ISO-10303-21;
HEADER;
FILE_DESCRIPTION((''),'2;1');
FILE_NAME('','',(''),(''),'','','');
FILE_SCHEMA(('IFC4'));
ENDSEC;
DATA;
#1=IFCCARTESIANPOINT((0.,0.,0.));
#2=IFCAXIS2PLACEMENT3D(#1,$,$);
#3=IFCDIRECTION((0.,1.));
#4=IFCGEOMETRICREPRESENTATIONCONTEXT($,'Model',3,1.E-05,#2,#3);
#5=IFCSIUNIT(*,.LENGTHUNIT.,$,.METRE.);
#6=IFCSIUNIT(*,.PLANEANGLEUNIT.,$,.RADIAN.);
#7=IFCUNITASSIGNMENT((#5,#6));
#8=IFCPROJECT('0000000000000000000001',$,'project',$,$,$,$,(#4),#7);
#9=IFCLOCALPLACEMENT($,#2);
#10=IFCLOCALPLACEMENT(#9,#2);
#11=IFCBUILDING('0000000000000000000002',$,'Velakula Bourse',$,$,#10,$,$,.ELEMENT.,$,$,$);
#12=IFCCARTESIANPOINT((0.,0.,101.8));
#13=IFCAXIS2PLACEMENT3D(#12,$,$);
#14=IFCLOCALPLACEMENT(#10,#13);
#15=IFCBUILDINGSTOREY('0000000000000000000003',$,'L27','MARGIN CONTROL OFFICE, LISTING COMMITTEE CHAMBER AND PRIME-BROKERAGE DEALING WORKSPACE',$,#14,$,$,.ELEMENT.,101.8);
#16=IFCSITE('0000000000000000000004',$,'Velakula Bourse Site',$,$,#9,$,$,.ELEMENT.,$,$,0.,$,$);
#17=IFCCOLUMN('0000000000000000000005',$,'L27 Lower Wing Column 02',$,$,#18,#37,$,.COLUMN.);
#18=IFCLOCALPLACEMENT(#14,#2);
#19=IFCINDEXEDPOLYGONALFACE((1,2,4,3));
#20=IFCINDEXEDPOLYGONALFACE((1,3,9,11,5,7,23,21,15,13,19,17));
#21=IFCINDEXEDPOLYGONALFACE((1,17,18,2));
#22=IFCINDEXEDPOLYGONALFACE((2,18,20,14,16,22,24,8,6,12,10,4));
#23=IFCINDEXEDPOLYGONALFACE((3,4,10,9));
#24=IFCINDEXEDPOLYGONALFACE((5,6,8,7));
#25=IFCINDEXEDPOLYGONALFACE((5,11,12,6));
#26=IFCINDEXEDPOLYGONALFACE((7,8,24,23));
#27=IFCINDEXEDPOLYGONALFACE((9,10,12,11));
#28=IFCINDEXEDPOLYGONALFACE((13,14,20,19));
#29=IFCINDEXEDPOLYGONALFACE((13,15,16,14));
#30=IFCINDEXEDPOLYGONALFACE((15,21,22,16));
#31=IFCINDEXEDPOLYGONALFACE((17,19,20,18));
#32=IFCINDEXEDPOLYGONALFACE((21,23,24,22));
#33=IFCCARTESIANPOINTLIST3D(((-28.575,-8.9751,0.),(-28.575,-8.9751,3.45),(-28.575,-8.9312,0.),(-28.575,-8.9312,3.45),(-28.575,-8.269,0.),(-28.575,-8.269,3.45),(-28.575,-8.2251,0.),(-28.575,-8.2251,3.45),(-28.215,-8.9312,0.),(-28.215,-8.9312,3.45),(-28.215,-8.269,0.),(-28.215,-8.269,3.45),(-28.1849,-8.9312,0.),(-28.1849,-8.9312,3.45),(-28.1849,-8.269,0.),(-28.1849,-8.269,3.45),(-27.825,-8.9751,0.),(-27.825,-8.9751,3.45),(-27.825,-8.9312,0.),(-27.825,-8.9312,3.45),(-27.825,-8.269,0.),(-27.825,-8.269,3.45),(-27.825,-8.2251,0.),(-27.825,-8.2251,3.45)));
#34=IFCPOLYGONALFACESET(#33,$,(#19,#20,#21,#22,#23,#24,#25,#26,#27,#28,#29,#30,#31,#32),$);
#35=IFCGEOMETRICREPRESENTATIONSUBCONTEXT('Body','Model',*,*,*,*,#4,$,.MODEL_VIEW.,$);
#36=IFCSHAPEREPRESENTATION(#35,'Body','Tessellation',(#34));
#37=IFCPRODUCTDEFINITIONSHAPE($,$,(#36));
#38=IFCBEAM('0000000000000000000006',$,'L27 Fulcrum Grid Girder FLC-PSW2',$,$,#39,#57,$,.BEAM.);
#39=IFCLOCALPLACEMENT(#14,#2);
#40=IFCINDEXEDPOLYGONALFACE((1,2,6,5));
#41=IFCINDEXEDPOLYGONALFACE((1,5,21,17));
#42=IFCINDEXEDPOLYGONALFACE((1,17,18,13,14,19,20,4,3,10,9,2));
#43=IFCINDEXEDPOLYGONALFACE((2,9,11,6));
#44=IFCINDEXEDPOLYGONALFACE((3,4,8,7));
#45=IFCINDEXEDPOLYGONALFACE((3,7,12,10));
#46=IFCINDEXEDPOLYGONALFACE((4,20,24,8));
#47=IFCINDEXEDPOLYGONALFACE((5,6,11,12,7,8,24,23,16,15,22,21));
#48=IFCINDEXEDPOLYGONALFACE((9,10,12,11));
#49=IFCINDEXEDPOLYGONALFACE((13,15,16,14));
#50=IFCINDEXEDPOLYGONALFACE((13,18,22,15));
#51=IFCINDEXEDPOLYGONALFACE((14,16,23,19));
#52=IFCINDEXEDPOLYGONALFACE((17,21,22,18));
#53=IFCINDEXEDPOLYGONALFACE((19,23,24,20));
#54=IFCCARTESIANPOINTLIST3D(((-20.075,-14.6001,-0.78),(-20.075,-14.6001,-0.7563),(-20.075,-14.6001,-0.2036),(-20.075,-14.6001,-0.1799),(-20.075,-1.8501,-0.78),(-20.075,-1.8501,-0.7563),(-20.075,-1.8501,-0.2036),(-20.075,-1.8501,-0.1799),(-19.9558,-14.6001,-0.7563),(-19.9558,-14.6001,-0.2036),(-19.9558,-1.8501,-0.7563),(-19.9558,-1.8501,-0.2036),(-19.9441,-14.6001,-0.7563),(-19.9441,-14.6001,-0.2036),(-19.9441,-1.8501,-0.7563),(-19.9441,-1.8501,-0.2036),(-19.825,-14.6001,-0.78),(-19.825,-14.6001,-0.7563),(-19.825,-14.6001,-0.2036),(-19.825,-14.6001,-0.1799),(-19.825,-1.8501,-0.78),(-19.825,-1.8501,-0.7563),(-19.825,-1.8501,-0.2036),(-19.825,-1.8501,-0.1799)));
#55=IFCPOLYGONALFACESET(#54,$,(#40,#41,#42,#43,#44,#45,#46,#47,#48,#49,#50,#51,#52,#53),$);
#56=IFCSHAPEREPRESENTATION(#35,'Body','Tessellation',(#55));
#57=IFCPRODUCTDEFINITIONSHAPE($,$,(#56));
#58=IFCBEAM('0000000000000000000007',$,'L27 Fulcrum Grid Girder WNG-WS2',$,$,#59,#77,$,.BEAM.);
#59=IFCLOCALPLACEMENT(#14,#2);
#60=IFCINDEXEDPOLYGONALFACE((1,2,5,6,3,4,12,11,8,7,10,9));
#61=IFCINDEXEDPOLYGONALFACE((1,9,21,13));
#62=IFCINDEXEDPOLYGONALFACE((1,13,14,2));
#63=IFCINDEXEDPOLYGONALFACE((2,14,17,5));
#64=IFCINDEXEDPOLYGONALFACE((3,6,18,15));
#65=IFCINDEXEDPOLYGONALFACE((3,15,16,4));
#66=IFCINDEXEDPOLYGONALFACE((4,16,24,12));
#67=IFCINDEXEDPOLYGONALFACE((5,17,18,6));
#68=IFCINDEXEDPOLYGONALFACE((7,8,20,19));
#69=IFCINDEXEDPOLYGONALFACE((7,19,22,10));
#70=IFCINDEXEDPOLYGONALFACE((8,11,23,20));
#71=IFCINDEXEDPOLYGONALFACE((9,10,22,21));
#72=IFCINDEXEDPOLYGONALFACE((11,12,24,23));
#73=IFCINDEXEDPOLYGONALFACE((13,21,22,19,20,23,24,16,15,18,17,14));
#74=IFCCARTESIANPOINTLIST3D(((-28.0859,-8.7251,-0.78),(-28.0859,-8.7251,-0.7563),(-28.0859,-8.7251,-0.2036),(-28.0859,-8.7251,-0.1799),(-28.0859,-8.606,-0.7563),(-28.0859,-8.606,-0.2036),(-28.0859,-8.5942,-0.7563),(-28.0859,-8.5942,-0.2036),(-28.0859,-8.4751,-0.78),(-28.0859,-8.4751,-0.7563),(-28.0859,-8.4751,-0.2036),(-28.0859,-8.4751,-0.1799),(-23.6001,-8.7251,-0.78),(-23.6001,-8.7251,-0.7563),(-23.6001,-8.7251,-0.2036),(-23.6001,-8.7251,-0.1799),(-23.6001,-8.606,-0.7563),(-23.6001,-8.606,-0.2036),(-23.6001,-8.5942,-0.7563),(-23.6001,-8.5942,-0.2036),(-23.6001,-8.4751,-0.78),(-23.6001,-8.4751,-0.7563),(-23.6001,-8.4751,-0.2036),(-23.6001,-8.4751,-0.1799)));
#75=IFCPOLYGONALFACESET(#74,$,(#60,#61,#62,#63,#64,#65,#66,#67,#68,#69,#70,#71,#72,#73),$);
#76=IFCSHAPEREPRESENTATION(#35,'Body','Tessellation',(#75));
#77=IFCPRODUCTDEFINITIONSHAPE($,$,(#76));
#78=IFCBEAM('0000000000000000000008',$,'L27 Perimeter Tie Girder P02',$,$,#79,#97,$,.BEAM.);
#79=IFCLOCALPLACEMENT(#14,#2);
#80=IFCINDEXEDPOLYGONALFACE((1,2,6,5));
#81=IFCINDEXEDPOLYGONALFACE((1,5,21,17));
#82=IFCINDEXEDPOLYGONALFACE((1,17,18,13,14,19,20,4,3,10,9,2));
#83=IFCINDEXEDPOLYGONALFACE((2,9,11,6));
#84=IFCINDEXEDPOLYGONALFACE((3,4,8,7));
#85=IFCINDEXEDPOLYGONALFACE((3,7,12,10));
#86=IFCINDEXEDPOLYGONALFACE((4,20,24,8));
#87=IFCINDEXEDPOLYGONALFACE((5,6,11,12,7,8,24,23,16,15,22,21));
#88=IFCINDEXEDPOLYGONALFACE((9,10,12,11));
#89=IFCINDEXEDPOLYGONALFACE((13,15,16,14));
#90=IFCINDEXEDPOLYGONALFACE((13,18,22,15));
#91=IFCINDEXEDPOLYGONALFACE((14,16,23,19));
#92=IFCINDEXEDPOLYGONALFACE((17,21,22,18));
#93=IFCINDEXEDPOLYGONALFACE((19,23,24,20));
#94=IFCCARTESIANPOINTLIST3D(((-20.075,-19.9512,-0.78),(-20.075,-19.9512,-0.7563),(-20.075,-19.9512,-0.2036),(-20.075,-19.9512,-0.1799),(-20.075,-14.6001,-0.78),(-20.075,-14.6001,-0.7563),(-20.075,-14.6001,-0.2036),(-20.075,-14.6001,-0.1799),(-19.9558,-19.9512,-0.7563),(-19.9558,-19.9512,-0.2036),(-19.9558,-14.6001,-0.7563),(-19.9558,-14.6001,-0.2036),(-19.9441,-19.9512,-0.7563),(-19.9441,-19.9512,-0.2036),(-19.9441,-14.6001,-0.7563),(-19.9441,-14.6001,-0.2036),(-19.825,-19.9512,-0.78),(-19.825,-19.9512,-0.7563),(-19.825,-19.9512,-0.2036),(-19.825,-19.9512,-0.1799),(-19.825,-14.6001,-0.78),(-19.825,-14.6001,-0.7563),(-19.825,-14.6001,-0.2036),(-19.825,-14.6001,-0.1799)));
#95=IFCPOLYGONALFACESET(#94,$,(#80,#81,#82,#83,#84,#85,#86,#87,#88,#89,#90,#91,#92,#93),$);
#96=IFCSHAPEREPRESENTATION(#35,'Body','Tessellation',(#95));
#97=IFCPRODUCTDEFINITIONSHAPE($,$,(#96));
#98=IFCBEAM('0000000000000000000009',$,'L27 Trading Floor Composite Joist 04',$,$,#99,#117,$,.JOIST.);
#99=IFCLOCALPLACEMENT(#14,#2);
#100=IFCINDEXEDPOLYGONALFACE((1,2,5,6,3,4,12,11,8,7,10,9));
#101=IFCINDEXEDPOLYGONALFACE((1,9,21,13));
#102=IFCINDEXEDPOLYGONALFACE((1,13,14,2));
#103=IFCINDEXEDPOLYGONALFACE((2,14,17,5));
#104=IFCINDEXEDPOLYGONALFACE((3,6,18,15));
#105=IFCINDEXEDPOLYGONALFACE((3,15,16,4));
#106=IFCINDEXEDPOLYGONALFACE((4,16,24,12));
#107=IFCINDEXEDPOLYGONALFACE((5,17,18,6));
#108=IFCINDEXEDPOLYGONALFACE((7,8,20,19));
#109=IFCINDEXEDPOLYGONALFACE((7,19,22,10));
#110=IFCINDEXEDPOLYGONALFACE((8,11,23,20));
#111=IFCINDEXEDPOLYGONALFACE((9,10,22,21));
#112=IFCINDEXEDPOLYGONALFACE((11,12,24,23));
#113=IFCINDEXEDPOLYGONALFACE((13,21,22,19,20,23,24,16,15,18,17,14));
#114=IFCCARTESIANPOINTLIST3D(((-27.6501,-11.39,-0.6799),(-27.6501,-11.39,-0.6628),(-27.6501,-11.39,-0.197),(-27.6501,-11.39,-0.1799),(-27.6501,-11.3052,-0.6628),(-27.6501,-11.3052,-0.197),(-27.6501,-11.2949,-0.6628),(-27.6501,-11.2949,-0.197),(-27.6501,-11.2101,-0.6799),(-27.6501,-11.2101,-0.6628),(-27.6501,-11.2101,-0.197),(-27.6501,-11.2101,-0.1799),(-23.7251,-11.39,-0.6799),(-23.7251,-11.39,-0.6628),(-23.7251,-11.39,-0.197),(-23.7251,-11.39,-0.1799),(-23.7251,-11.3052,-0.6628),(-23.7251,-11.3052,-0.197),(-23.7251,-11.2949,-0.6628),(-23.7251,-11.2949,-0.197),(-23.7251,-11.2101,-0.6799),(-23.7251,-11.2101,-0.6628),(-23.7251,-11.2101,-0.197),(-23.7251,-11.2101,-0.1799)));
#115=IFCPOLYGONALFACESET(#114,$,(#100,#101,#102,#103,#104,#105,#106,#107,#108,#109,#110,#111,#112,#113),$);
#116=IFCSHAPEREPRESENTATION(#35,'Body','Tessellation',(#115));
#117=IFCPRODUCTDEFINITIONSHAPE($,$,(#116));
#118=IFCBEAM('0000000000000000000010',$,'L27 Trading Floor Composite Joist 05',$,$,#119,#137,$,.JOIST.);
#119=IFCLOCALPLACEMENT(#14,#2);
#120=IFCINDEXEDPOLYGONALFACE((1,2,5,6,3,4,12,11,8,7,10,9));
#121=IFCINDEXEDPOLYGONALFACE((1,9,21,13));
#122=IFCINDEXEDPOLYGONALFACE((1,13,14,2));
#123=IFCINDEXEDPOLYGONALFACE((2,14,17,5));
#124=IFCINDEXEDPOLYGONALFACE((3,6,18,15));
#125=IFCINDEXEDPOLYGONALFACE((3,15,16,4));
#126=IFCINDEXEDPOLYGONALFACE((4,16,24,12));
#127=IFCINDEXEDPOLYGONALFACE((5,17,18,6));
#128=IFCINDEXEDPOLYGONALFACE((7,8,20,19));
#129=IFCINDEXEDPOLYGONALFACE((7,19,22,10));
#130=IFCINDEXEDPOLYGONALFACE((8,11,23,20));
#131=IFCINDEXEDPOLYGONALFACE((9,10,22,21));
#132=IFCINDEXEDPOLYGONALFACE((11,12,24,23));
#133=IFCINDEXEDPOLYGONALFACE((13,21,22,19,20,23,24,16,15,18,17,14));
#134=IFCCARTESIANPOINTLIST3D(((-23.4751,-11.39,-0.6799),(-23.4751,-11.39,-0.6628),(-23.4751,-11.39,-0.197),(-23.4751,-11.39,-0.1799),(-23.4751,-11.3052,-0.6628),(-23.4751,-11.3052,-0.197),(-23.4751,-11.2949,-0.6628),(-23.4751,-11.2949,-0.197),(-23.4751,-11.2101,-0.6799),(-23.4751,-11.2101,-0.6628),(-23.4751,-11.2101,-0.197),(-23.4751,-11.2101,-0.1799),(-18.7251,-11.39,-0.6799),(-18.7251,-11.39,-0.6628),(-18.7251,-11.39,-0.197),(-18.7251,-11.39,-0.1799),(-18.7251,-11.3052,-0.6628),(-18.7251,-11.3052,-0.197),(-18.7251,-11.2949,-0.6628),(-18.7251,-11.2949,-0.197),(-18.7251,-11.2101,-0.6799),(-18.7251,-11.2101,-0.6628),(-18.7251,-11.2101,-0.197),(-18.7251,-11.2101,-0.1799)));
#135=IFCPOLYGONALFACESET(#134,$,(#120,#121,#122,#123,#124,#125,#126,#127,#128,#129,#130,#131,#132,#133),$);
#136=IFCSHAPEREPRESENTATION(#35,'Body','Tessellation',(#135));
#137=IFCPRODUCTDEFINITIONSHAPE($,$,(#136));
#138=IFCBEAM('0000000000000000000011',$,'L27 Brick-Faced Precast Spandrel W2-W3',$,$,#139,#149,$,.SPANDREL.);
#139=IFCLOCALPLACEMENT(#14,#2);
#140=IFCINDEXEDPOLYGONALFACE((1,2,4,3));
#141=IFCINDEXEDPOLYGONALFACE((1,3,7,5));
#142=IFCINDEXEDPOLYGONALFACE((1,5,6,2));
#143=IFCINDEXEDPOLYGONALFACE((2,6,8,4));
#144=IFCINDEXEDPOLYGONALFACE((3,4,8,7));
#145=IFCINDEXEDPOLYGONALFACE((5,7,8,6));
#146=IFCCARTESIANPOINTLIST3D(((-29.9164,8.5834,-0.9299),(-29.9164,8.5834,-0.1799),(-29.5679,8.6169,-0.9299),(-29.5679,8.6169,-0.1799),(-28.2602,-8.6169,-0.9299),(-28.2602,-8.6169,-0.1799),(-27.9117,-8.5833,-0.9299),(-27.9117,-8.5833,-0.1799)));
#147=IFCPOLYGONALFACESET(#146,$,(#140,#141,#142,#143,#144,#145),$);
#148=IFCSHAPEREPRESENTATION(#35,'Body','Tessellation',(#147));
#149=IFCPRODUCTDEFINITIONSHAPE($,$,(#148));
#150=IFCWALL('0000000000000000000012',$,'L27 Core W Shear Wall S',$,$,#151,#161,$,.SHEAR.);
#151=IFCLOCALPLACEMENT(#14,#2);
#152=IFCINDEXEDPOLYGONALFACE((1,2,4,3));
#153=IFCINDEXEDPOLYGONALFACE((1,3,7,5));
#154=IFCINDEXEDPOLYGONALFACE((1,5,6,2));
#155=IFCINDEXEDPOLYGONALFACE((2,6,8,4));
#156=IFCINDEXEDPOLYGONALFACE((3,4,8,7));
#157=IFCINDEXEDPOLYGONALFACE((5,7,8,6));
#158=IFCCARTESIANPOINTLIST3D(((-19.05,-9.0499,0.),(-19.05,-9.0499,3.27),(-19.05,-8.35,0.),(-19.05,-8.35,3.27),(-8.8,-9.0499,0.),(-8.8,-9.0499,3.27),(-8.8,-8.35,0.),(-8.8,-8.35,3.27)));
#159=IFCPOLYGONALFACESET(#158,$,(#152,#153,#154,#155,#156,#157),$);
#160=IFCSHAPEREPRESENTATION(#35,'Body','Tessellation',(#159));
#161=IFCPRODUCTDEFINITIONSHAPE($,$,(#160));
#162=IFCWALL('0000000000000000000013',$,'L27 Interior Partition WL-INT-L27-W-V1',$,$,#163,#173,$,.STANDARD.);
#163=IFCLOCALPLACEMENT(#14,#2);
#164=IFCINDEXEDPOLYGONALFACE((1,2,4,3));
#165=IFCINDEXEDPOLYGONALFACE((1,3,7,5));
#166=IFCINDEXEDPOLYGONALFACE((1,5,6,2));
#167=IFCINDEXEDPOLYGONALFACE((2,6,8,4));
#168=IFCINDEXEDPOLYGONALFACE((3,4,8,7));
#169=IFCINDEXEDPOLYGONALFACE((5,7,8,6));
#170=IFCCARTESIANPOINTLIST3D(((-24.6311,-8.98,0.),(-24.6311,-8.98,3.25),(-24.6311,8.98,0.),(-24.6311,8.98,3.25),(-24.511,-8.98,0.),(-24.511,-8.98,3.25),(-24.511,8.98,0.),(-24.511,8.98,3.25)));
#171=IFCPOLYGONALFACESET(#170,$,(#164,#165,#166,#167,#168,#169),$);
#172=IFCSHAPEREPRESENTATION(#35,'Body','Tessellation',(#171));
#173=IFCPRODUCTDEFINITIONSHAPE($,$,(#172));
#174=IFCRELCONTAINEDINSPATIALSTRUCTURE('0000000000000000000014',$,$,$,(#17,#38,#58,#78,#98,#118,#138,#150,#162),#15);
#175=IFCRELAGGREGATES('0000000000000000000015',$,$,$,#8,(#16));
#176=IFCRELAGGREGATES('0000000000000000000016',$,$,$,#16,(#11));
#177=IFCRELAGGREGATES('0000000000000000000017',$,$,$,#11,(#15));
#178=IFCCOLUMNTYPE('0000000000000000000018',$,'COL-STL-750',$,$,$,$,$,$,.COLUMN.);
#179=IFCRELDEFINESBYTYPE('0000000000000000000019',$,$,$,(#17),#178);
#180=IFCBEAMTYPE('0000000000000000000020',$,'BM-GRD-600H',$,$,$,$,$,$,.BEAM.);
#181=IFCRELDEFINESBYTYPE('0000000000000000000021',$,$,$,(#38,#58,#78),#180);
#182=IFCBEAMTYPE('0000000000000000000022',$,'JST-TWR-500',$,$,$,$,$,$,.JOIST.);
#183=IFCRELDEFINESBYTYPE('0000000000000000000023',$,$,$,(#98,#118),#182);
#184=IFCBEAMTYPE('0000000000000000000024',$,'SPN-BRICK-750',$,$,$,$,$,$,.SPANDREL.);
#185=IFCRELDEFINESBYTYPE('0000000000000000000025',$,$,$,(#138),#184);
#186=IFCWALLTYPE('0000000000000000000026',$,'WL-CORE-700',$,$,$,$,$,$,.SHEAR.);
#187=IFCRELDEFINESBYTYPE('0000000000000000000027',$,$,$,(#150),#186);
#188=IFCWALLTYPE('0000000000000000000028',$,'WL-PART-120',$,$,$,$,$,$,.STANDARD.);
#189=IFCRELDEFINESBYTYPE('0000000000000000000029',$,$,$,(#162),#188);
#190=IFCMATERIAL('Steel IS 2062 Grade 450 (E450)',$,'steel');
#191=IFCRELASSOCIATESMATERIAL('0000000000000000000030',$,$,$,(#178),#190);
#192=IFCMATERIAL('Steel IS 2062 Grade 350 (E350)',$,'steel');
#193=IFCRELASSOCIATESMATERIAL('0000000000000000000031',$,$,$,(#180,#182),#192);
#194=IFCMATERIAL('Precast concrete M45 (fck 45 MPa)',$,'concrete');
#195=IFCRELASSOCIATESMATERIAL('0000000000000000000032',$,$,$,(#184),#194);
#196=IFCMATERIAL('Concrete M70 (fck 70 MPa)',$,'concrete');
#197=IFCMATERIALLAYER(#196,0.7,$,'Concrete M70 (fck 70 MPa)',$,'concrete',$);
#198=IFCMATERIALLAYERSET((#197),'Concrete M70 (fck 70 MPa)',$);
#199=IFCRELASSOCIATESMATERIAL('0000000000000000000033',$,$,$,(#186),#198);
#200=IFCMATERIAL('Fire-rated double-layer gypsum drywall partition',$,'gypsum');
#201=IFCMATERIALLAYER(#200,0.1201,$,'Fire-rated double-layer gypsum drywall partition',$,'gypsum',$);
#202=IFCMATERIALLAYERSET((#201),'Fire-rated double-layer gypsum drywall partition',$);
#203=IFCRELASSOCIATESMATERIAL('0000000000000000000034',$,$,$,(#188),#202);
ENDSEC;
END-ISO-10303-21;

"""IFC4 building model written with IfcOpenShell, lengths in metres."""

from ifc_helpers import new_model, si_unit, direction, frame, frame_2d, origin, origin_2d, place, context, subcontext, project, spatial, rectangle, i_section, extrude, material, layer, layer_set, material_profile, profile_set, type_object, element, save


model = new_model("IFC4")

# Units and contexts
model_context = context("Model", 3, precision=1e-05, world=origin(), true_north=direction((0.0, 1.0)))
body_context = subcontext(model_context, "Body", "Model", "MODEL_VIEW")
ifc_project = project(units=[si_unit("LENGTHUNIT", "METRE"), si_unit("PLANEANGLEUNIT", "RADIAN")], contexts=[model_context])

# Site, building, storey
site_placement = place(None, origin())
site = spatial("IfcSite", under=ifc_project, at=site_placement, Name="Velakula Bourse Site", CompositionType="ELEMENT", RefElevation=0.0)
building_placement = place(site_placement, origin())
building = spatial("IfcBuilding", under=site, at=building_placement, Name="Velakula Bourse", CompositionType="ELEMENT")
storey_placement = place(building_placement, frame((0.0, 0.0, 101.8)))
storey = spatial("IfcBuildingStorey", under=building, at=storey_placement, Name="L27", Description="MARGIN CONTROL OFFICE, LISTING COMMITTEE CHAMBER AND PRIME-BROKERAGE DEALING WORKSPACE", CompositionType="ELEMENT", Elevation=101.8)

# Column
ifc_material_1 = material(Name="Steel IS 2062 Grade 450 (E450)", Category="steel")
ifc_material_profile_1 = material_profile(ifc_material_1, i_section(OverallWidth=0.75, OverallDepth=0.75, WebThickness=0.03, FlangeThickness=0.0439, at=origin_2d()), Name="Steel IS 2062 Grade 450 (E450)")
ifc_profile_set_1 = profile_set([ifc_material_profile_1], Name="Steel IS 2062 Grade 450 (E450)")
column_type = type_object("IfcColumnType", Name="COL-STL-750", PredefinedType="COLUMN", material=ifc_profile_set_1)
column_placement = place(storey_placement, frame((-28.2, -8.6001, 0.0), z_axis=(0.0, 0.0, 1.0), x_axis=(1.0, 0.0, 0.0)))
element("IfcColumn", 1, at=column_placement, inside=storey, type_object=column_type, Name="L27 Lower Wing Column 02", PredefinedType="COLUMN", context=body_context, shape_type="SweptSolid", body=[
    extrude(i_section(OverallWidth=0.75, OverallDepth=0.75, WebThickness=0.03, FlangeThickness=0.0439, at=origin_2d()), origin(), (0.0, 0.0, 1.0), 3.45),
])

# Beams
ifc_material_2 = material(Name="Steel IS 2062 Grade 350 (E350)", Category="steel")
ifc_material_profile_2 = material_profile(ifc_material_2, i_section(OverallWidth=0.25, OverallDepth=0.6001, WebThickness=0.0117, FlangeThickness=0.0237, at=origin_2d()), Name="Steel IS 2062 Grade 350 (E350)")
ifc_profile_set_2 = profile_set([ifc_material_profile_2], Name="Steel IS 2062 Grade 350 (E350)")
beam_type_1 = type_object("IfcBeamType", Name="BM-GRD-600H", PredefinedType="BEAM", material=ifc_profile_set_2)
beam_1_placement = place(storey_placement, frame((-19.95, -14.6001, -0.48), z_axis=(0.0, 1.0, 0.0), x_axis=(-1.0, 0.0, 0.0)))
element("IfcBeam", 2, at=beam_1_placement, inside=storey, type_object=beam_type_1, Name="L27 Fulcrum Grid Girder FLC-PSW2", PredefinedType="BEAM", context=body_context, shape_type="SweptSolid", body=[
    extrude(i_section(OverallWidth=0.25, OverallDepth=0.6001, WebThickness=0.0117, FlangeThickness=0.0237, at=origin_2d()), origin(), (0.0, 0.0, 1.0), 12.75),
])
beam_2_placement = place(storey_placement, frame((-28.0859, -8.6001, -0.48), z_axis=(1.0, 0.0, 0.0), x_axis=(0.0, 1.0, 0.0)))
element("IfcBeam", 3, at=beam_2_placement, inside=storey, type_object=beam_type_1, Name="L27 Fulcrum Grid Girder WNG-WS2", PredefinedType="BEAM", context=body_context, shape_type="SweptSolid", body=[
    extrude(i_section(OverallWidth=0.25, OverallDepth=0.6001, WebThickness=0.0117, FlangeThickness=0.0237, at=origin_2d()), origin(), (0.0, 0.0, 1.0), 4.4858),
])
beam_3_placement = place(storey_placement, frame((-19.95, -14.6001, -0.48), z_axis=(0.0, -1.0, 0.0), x_axis=(1.0, 0.0, 0.0)))
element("IfcBeam", 4, at=beam_3_placement, inside=storey, type_object=beam_type_1, Name="L27 Perimeter Tie Girder P02", PredefinedType="BEAM", context=body_context, shape_type="SweptSolid", body=[
    extrude(i_section(OverallWidth=0.25, OverallDepth=0.6001, WebThickness=0.0117, FlangeThickness=0.0237, at=origin_2d()), origin(), (0.0, 0.0, 1.0), 5.3511),
])
ifc_material_profile_3 = material_profile(ifc_material_2, i_section(OverallWidth=0.1799, OverallDepth=0.5, WebThickness=0.0103, FlangeThickness=0.0171, at=origin_2d()), Name="Steel IS 2062 Grade 350 (E350)")
ifc_profile_set_3 = profile_set([ifc_material_profile_3], Name="Steel IS 2062 Grade 350 (E350)")
beam_type_2 = type_object("IfcBeamType", Name="JST-TWR-500", PredefinedType="JOIST", material=ifc_profile_set_3)
beam_4_placement = place(storey_placement, frame((-27.6501, -11.3, -0.4299), z_axis=(1.0, 0.0, 0.0), x_axis=(0.0, 1.0, 0.0)))
element("IfcBeam", 5, at=beam_4_placement, inside=storey, type_object=beam_type_2, Name="L27 Trading Floor Composite Joist 04", PredefinedType="JOIST", context=body_context, shape_type="SweptSolid", body=[
    extrude(i_section(OverallWidth=0.1799, OverallDepth=0.5, WebThickness=0.0103, FlangeThickness=0.0171, at=origin_2d()), origin(), (0.0, 0.0, 1.0), 3.925),
])
beam_5_placement = place(storey_placement, frame((-23.4751, -11.3, -0.4299), z_axis=(1.0, 0.0, 0.0), x_axis=(0.0, 1.0, 0.0)))
element("IfcBeam", 6, at=beam_5_placement, inside=storey, type_object=beam_type_2, Name="L27 Trading Floor Composite Joist 05", PredefinedType="JOIST", context=body_context, shape_type="SweptSolid", body=[
    extrude(i_section(OverallWidth=0.1799, OverallDepth=0.5, WebThickness=0.0103, FlangeThickness=0.0171, at=origin_2d()), origin(), (0.0, 0.0, 1.0), 4.75),
])
ifc_material_3 = material(Name="Precast concrete M45 (fck 45 MPa)", Category="concrete")
ifc_material_profile_4 = material_profile(ifc_material_3, rectangle(XDim=0.3501, YDim=0.75, at=origin_2d()), Name="Precast concrete M45 (fck 45 MPa)")
ifc_profile_set_4 = profile_set([ifc_material_profile_4], Name="Precast concrete M45 (fck 45 MPa)")
beam_type_3 = type_object("IfcBeamType", Name="SPN-BRICK-750", PredefinedType="SPANDREL", material=ifc_profile_set_4)
beam_6_placement = place(storey_placement, frame((-28.0859, -8.6001, -0.5549), z_axis=(-0.095849, 0.995396, 0.0), x_axis=(-0.995396, -0.095849, 0.0)))
element("IfcBeam", 7, at=beam_6_placement, inside=storey, type_object=beam_type_3, Name="L27 Brick-Faced Precast Spandrel W2-W3", PredefinedType="SPANDREL", context=body_context, shape_type="SweptSolid", body=[
    extrude(rectangle(XDim=0.3501, YDim=0.75, at=origin_2d()), origin(), (0.0, 0.0, 1.0), 17.2798),
])

# Walls
ifc_material_4 = material(Name="Concrete M70 (fck 70 MPa)", Category="concrete")
ifc_layer_1 = layer(ifc_material_4, 0.7, Name="Concrete M70 (fck 70 MPa)", Category="concrete")
ifc_layer_set_1 = layer_set([ifc_layer_1], Name="Concrete M70 (fck 70 MPa)")
wall_type_1 = type_object("IfcWallType", Name="WL-CORE-700", PredefinedType="SHEAR", material=ifc_layer_set_1)
wall_1_placement = place(storey_placement, frame((-19.05, -8.7, 0.0), z_axis=(0.0, 0.0, 1.0), x_axis=(1.0, 0.0, 0.0)))
element("IfcWall", 8, at=wall_1_placement, inside=storey, type_object=wall_type_1, Name="L27 Core W Shear Wall S", PredefinedType="SHEAR", context=body_context, shape_type="SweptSolid", body=[
    extrude(rectangle(XDim=10.25, YDim=0.7, at=frame_2d((5.125, 0.0))), origin(), (0.0, 0.0, 1.0), 3.27),
])
ifc_material_5 = material(Name="Fire-rated double-layer gypsum drywall partition", Category="gypsum")
ifc_layer_2 = layer(ifc_material_5, 0.1201, Name="Fire-rated double-layer gypsum drywall partition", Category="gypsum")
ifc_layer_set_2 = layer_set([ifc_layer_2], Name="Fire-rated double-layer gypsum drywall partition")
wall_type_2 = type_object("IfcWallType", Name="WL-PART-120", PredefinedType="STANDARD", material=ifc_layer_set_2)
wall_2_placement = place(storey_placement, frame((-24.571, -8.98, 0.0), z_axis=(0.0, 0.0, 1.0), x_axis=(0.0, 1.0, 0.0)))
element("IfcWall", 9, at=wall_2_placement, inside=storey, type_object=wall_type_2, Name="L27 Interior Partition WL-INT-L27-W-V1", PredefinedType="STANDARD", context=body_context, shape_type="SweptSolid", body=[
    extrude(rectangle(XDim=17.96, YDim=0.1201, at=frame_2d((8.98, 0.0))), origin(), (0.0, 0.0, 1.0), 3.25),
])

save(model, "model.ifc")
